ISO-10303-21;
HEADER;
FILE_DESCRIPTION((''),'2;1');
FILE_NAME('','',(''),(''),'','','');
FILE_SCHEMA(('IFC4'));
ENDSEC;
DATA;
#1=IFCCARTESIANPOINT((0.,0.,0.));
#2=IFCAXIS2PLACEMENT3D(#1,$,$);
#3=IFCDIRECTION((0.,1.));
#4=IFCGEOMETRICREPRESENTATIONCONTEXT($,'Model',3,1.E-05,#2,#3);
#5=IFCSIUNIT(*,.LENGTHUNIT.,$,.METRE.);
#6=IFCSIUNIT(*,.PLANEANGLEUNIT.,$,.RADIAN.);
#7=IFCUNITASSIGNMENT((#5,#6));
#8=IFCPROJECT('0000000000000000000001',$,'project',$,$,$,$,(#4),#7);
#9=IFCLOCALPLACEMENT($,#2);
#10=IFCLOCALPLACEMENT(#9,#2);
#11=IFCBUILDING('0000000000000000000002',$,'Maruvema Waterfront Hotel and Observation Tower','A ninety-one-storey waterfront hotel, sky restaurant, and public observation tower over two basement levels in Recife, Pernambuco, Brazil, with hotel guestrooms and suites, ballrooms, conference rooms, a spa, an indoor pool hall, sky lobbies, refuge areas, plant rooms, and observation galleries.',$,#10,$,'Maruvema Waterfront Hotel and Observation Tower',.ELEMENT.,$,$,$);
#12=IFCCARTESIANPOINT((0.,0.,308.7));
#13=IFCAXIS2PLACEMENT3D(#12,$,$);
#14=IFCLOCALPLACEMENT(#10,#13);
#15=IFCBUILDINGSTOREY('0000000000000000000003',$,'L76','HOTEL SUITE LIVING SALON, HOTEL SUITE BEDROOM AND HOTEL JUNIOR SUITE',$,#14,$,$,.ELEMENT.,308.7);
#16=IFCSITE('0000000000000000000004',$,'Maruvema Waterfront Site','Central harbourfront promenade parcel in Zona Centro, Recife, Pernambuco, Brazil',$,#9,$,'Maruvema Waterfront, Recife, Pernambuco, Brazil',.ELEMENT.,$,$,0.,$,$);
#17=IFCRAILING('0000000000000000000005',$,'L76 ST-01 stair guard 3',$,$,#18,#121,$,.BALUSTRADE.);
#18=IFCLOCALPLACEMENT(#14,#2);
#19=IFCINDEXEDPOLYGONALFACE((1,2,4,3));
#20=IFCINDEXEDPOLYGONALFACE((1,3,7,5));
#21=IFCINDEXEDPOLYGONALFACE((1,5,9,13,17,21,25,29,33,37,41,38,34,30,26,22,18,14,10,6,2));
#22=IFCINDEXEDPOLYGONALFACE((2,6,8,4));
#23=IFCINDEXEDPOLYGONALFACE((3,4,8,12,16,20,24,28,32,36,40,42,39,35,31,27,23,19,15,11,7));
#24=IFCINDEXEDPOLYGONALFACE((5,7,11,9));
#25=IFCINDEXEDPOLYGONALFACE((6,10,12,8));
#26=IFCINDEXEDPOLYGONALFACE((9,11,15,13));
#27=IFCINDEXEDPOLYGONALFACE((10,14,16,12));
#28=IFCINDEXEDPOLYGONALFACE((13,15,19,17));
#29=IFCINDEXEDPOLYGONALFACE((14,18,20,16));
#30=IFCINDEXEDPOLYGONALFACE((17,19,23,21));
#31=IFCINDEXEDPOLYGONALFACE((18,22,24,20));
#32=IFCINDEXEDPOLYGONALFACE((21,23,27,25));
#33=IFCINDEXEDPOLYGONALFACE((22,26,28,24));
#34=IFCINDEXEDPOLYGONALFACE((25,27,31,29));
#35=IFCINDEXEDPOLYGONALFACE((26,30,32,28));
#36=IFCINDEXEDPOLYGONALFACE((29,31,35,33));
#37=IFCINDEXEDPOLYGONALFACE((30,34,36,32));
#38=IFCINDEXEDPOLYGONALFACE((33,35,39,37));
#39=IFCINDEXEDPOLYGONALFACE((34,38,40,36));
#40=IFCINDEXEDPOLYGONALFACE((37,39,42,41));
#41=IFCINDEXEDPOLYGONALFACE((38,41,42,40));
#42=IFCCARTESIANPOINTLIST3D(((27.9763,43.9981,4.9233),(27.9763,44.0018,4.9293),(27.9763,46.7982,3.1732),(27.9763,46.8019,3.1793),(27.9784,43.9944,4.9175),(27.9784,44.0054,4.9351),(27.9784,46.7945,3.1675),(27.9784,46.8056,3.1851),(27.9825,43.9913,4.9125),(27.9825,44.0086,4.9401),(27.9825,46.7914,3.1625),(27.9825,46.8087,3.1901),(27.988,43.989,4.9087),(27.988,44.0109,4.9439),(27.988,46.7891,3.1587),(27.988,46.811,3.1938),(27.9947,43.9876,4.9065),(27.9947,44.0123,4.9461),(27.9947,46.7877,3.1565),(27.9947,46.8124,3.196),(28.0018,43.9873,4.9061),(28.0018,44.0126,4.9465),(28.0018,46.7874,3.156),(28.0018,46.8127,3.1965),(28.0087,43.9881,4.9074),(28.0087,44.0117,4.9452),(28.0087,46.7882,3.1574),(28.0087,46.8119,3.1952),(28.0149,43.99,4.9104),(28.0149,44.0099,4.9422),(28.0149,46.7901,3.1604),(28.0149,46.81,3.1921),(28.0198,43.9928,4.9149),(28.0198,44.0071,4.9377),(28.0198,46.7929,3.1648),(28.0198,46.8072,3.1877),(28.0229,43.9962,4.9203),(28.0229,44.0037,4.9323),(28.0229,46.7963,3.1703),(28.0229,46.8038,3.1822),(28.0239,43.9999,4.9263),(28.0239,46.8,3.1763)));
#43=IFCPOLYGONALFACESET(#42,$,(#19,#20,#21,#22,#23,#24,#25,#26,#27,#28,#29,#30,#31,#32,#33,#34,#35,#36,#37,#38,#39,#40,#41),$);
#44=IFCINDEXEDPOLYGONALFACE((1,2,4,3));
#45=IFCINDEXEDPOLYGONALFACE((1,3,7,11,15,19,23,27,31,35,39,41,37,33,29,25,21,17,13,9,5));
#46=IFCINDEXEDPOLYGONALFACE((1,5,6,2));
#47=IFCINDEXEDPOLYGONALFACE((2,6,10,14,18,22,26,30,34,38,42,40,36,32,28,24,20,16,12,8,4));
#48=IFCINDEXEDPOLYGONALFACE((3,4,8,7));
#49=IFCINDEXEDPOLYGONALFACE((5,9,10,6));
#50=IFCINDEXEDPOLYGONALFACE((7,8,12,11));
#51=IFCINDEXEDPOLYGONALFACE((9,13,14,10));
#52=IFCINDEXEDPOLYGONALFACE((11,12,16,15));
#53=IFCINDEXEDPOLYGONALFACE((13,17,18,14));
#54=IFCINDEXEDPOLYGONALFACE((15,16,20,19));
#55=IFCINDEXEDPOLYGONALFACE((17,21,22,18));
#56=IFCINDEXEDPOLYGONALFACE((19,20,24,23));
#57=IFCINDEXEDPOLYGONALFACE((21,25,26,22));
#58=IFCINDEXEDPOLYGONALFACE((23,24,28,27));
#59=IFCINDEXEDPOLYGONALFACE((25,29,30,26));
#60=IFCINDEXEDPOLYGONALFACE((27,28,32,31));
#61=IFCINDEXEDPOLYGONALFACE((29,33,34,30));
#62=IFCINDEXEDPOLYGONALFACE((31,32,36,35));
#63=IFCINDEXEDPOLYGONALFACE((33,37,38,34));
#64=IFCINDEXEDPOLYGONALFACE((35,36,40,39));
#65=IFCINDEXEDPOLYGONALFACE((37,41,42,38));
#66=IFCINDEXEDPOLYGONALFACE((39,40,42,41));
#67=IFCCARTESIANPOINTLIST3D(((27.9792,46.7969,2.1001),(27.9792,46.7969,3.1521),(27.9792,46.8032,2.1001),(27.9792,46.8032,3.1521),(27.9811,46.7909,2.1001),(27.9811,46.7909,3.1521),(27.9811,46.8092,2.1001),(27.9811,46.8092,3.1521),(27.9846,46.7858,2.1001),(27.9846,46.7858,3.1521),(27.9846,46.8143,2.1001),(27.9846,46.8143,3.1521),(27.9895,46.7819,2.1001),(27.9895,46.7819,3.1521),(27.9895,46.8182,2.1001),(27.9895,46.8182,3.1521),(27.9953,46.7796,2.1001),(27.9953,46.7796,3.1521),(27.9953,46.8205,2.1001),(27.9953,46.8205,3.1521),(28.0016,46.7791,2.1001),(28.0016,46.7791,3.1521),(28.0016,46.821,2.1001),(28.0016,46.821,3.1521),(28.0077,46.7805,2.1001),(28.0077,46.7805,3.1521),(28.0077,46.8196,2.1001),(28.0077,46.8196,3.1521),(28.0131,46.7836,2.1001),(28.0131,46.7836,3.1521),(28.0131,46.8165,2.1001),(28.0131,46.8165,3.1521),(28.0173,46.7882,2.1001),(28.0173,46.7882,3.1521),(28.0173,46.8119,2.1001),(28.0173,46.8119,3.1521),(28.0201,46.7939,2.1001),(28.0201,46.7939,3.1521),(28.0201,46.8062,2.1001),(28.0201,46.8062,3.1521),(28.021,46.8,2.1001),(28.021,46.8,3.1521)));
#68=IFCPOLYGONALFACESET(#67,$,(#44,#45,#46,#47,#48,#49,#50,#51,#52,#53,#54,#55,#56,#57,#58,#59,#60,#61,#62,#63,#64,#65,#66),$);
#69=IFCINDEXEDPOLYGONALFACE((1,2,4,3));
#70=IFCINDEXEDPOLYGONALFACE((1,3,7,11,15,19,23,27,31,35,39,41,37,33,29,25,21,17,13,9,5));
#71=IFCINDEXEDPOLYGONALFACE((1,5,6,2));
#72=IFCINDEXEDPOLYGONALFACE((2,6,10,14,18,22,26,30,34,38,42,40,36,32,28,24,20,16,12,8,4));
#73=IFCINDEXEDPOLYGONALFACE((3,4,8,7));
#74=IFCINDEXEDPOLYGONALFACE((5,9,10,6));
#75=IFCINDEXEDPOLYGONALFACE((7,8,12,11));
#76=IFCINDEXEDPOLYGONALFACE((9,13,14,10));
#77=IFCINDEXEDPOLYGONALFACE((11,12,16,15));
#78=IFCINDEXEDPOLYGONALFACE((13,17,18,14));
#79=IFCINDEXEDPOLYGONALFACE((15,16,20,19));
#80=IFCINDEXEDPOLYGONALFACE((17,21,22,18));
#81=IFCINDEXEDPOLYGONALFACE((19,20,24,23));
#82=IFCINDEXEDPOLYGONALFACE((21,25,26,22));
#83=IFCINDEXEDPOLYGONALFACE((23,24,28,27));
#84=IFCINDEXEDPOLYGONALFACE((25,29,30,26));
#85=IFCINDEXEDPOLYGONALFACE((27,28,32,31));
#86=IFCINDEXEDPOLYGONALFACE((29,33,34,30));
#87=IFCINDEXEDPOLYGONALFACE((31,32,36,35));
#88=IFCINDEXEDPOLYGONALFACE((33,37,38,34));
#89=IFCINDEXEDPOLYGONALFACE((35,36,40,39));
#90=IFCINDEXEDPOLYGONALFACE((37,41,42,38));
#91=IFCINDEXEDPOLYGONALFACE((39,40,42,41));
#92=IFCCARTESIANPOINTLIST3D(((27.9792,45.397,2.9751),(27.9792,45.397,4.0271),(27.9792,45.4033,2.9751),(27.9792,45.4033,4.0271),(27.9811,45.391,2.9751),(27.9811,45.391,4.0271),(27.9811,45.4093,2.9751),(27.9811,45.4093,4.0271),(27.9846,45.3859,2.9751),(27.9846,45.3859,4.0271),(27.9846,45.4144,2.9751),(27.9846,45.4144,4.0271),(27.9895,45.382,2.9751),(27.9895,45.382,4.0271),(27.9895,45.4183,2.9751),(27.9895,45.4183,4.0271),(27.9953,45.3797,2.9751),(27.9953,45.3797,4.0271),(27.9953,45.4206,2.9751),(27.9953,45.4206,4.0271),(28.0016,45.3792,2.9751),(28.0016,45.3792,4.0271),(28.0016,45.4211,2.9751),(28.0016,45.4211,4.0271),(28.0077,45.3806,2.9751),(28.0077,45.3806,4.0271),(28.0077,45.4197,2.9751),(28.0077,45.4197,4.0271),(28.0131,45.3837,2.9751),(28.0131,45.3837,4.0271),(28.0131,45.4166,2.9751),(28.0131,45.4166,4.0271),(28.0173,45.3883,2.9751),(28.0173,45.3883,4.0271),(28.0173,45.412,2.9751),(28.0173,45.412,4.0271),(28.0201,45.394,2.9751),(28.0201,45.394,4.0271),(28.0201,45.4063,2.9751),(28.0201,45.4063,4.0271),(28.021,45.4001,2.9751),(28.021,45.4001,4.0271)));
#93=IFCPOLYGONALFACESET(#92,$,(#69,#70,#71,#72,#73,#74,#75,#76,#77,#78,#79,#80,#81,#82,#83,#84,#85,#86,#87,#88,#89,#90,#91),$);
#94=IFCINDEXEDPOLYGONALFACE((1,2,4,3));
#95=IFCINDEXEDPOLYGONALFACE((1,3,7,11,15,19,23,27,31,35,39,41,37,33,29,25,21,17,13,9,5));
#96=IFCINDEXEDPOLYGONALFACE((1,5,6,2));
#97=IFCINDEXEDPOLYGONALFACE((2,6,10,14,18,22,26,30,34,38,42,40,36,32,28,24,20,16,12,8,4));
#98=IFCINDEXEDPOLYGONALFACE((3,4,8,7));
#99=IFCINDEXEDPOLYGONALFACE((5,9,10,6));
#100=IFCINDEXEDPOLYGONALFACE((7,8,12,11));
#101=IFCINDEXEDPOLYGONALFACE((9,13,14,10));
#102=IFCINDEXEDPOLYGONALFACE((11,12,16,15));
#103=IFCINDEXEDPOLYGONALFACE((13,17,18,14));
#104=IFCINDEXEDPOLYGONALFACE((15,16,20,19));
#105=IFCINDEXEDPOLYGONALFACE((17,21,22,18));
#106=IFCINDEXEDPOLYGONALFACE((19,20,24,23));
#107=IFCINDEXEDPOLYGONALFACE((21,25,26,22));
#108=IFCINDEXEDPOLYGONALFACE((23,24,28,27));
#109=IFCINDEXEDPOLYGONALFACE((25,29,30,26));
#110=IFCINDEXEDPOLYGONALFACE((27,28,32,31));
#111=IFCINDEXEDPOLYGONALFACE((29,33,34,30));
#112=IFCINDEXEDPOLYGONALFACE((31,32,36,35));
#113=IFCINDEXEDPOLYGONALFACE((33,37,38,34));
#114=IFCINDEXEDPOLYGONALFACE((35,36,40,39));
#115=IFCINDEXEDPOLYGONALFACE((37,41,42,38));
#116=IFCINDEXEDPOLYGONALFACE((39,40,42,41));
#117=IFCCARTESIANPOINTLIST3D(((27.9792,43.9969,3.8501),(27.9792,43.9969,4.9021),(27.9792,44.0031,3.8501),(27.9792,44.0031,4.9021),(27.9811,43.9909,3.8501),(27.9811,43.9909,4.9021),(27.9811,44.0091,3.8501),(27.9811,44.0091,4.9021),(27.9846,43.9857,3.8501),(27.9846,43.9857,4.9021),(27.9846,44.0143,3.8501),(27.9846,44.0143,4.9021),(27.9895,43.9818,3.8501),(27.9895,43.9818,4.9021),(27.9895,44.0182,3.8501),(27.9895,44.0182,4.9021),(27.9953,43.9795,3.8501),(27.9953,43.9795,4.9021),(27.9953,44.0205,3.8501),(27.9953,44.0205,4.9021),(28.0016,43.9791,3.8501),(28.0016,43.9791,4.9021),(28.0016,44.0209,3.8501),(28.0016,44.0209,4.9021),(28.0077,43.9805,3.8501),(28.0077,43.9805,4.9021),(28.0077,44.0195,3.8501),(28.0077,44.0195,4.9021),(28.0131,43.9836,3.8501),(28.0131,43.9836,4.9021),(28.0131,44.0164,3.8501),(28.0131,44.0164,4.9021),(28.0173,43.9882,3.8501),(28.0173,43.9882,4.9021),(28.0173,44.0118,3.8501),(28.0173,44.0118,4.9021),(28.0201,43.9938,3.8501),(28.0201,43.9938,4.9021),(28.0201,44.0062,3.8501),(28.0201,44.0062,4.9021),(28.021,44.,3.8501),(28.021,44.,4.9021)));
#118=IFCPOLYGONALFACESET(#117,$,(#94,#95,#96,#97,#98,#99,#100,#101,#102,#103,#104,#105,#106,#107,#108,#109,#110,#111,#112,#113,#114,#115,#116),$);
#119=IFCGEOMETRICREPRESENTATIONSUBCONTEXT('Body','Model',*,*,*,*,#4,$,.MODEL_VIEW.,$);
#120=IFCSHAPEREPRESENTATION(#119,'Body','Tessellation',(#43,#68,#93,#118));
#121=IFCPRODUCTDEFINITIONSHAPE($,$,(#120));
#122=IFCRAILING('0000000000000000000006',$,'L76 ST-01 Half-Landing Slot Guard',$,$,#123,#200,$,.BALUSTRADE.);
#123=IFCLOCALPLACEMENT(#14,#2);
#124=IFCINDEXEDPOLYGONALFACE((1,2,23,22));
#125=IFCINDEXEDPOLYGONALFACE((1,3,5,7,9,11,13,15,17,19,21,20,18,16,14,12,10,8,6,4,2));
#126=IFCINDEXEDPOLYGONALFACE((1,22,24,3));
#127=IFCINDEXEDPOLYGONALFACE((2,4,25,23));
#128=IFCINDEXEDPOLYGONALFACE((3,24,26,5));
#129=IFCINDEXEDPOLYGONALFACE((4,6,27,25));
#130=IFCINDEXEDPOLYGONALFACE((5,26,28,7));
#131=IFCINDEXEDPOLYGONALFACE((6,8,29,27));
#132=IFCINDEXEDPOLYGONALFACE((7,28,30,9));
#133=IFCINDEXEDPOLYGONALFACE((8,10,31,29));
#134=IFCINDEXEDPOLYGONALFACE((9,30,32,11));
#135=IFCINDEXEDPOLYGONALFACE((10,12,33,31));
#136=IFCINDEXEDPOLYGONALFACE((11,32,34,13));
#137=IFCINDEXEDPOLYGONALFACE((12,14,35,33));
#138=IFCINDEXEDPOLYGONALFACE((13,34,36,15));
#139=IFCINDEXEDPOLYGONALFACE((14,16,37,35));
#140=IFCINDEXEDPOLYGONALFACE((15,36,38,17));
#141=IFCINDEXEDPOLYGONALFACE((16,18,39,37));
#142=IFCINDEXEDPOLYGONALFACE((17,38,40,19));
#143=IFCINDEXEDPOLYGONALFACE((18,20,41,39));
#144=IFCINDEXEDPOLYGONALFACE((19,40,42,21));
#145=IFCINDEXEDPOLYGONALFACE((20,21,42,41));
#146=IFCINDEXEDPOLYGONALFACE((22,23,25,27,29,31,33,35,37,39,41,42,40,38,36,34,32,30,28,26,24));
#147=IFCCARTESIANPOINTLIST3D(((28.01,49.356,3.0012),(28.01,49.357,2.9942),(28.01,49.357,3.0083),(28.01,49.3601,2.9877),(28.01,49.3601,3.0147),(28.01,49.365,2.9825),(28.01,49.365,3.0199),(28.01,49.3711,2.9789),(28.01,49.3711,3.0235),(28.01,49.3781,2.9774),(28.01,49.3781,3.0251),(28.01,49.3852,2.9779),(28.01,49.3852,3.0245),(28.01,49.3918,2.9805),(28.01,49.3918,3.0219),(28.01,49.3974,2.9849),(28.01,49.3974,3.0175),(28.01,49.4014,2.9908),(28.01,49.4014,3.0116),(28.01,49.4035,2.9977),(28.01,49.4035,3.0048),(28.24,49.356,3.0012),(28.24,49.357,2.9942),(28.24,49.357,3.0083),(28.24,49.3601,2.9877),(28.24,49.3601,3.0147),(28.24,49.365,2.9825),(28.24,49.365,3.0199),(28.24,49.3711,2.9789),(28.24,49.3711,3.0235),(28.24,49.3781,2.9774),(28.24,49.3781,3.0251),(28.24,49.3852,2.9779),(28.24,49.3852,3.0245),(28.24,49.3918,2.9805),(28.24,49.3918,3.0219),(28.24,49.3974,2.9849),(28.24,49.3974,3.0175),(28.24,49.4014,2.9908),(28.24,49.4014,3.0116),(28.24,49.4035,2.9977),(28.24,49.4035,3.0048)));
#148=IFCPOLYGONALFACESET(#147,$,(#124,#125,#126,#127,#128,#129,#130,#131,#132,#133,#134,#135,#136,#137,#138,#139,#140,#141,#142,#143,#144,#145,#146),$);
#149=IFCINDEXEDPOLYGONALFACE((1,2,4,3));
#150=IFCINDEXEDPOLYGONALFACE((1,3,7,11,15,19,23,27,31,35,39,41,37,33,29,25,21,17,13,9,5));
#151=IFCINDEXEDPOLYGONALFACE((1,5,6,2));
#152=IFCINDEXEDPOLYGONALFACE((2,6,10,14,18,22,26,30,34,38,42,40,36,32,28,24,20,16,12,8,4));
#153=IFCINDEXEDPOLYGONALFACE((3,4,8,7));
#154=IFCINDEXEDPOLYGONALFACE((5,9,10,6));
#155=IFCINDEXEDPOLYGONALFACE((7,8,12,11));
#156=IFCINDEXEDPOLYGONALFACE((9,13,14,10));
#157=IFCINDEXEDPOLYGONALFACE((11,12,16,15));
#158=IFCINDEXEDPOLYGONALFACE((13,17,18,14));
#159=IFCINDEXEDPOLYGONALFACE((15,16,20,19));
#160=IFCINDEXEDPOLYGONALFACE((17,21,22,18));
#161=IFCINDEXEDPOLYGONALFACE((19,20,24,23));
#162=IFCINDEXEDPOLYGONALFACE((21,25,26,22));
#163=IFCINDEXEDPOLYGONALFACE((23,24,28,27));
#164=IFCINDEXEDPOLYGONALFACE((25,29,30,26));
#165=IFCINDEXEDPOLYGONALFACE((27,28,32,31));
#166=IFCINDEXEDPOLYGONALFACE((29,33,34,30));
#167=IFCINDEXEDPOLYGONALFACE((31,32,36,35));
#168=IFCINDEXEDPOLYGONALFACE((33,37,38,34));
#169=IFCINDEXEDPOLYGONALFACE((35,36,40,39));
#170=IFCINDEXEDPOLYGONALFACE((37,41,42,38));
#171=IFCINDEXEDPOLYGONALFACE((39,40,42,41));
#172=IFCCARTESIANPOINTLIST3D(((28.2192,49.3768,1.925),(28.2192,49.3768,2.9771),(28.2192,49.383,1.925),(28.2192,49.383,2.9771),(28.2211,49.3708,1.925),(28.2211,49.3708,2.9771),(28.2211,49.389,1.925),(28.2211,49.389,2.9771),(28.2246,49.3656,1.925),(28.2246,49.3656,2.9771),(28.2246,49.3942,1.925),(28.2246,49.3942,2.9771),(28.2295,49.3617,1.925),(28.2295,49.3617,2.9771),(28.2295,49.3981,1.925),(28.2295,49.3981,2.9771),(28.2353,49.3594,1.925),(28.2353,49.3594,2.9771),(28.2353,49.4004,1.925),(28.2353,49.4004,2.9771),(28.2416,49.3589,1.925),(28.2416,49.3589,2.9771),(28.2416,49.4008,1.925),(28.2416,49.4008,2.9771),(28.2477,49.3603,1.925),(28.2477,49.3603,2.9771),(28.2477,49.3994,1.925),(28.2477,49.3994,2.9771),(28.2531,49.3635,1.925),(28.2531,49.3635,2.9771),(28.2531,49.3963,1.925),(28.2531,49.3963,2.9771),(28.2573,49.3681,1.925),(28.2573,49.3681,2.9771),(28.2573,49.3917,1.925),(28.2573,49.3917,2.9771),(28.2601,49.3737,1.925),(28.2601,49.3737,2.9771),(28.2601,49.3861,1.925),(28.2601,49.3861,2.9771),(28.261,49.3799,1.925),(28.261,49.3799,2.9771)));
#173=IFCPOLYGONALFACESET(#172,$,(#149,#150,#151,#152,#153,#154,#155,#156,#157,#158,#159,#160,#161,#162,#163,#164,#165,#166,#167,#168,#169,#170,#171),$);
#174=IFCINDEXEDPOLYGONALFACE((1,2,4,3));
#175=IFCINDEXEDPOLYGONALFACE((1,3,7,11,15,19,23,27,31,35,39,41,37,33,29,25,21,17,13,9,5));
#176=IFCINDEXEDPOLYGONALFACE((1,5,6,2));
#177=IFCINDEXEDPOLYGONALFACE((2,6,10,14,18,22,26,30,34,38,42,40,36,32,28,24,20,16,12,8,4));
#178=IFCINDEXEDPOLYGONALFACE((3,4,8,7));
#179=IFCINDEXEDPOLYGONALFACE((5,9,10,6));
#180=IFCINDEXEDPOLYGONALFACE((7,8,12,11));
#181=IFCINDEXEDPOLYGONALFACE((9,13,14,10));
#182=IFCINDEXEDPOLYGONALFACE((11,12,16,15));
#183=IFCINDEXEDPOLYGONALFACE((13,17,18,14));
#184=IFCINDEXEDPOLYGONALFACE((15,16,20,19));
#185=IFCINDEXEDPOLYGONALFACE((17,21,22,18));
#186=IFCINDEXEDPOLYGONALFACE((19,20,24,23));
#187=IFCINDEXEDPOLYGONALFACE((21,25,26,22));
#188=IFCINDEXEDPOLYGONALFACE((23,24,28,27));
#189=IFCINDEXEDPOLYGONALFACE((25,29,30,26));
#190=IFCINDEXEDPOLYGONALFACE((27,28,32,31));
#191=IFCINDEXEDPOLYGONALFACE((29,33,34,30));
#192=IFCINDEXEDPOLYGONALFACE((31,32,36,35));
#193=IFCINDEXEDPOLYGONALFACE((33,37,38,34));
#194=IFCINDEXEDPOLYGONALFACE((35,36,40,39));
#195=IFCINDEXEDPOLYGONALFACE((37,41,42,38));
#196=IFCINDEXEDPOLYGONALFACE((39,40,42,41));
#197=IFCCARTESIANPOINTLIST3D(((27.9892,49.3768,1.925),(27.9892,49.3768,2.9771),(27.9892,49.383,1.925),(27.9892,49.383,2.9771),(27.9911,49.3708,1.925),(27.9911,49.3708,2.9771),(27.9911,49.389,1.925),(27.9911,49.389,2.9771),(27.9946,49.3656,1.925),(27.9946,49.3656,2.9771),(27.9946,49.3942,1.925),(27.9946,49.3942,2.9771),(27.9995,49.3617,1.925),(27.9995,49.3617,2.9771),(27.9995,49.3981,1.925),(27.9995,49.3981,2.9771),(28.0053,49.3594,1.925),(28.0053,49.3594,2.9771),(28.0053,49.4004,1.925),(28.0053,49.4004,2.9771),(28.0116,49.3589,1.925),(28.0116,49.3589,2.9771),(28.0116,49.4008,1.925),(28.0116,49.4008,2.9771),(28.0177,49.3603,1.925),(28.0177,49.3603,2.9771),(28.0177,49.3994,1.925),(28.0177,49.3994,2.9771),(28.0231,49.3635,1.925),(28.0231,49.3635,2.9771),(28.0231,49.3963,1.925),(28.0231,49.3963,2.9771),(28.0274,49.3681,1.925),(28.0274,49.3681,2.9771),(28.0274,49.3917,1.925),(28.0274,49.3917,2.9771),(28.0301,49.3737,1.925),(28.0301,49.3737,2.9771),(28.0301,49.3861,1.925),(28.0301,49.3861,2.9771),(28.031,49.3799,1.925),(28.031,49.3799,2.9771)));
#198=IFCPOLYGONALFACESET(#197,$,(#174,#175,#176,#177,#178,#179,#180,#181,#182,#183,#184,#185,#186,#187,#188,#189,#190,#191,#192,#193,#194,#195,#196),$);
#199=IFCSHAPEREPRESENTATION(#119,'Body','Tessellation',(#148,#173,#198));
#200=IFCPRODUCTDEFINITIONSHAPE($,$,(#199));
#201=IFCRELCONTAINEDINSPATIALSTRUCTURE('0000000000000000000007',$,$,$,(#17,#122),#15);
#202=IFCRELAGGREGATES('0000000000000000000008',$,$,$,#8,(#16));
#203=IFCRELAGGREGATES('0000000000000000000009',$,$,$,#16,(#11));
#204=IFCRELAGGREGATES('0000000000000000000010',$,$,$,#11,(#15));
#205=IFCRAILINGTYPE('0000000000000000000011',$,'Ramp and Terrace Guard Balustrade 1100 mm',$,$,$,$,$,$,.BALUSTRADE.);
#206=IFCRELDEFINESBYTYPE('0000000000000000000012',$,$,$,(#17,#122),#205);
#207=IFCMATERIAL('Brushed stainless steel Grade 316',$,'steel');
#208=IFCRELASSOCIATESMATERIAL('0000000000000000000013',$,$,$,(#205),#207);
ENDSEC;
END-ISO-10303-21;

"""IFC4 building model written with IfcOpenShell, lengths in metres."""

from ifc_helpers import new_model, si_unit, direction, frame, origin, origin_2d, place, context, subcontext, project, spatial, circle, extrude, material, type_object, element, save


model = new_model("IFC4")

# Units and contexts
model_context = context("Model", 3, precision=1e-05, world=origin(), true_north=direction((0.0, 1.0)))
body_context = subcontext(model_context, "Body", "Model", "MODEL_VIEW")
ifc_project = project(units=[si_unit("LENGTHUNIT", "METRE"), si_unit("PLANEANGLEUNIT", "RADIAN")], contexts=[model_context])

# Site, building, storey
site_placement = place(None, origin())
site = spatial("IfcSite", under=ifc_project, at=site_placement, Name="Maruvema Waterfront Site", Description="Central harbourfront promenade parcel in Zona Centro, Recife, Pernambuco, Brazil", LongName="Maruvema Waterfront, Recife, Pernambuco, Brazil", CompositionType="ELEMENT", RefElevation=0.0)
building_placement = place(site_placement, origin())
building = spatial("IfcBuilding", under=site, at=building_placement, Name="Maruvema Waterfront Hotel and Observation Tower", Description="A ninety-one-storey waterfront hotel, sky restaurant, and public observation tower over two basement levels in Recife, Pernambuco, Brazil, with hotel guestrooms and suites, ballrooms, conference rooms, a spa, an indoor pool hall, sky lobbies, refuge areas, plant rooms, and observation galleries.", LongName="Maruvema Waterfront Hotel and Observation Tower", CompositionType="ELEMENT")
storey_placement = place(building_placement, frame((0.0, 0.0, 308.7)))
storey = spatial("IfcBuildingStorey", under=building, at=storey_placement, Name="L76", Description="HOTEL SUITE LIVING SALON, HOTEL SUITE BEDROOM AND HOTEL JUNIOR SUITE", CompositionType="ELEMENT", Elevation=308.7)

# Railings
ifc_material_1 = material(Name="Brushed stainless steel Grade 316", Category="steel")
railing_type_1 = type_object("IfcRailingType", Name="Ramp and Terrace Guard Balustrade 1100 mm", PredefinedType="BALUSTRADE", material=ifc_material_1)
railing_1_placement = place(storey_placement, frame((28.0, 46.8, 2.1001)))
element("IfcRailing", 1, at=railing_1_placement, inside=storey, type_object=railing_type_1, Name="L76 ST-01 stair guard 3", PredefinedType="BALUSTRADE", context=body_context, shape_type="SweptSolid", body=[
    extrude(circle(Radius=0.0239, at=origin_2d()), frame((0.0, 0.0, 1.0762), z_axis=(0.0, -0.848002, 0.529992), x_axis=(1.0, 0.0, 0.0)), (0.0, 0.0, 1.0), 3.302),
    extrude(circle(Radius=0.021, at=origin_2d()), origin(), (0.0, 0.0, 1.0), 1.052),
    extrude(circle(Radius=0.021, at=origin_2d()), frame((0.0, -1.3999, 0.875)), (0.0, 0.0, 1.0), 1.052),
    extrude(circle(Radius=0.021, at=origin_2d()), frame((0.0, -2.8, 1.75)), (0.0, 0.0, 1.0), 1.052),
])
railing_2_placement = place(storey_placement, frame((28.24, 49.3799, 1.925)))
element("IfcRailing", 2, at=railing_2_placement, inside=storey, type_object=railing_type_1, Name="L76 ST-01 Half-Landing Slot Guard", PredefinedType="BALUSTRADE", context=body_context, shape_type="SweptSolid", body=[
    extrude(circle(Radius=0.0239, at=origin_2d()), frame((0.0, 0.0, 1.0762), z_axis=(-1.0, 0.0, 0.0), x_axis=(0.0, -1.0, 0.0)), (0.0, 0.0, 1.0), 0.23),
    extrude(circle(Radius=0.021, at=origin_2d()), origin(), (0.0, 0.0, 1.0), 1.052),
    extrude(circle(Radius=0.021, at=origin_2d()), frame((-0.23, 0.0, 0.0)), (0.0, 0.0, 1.0), 1.052),
])

save(model, "model.ifc")
